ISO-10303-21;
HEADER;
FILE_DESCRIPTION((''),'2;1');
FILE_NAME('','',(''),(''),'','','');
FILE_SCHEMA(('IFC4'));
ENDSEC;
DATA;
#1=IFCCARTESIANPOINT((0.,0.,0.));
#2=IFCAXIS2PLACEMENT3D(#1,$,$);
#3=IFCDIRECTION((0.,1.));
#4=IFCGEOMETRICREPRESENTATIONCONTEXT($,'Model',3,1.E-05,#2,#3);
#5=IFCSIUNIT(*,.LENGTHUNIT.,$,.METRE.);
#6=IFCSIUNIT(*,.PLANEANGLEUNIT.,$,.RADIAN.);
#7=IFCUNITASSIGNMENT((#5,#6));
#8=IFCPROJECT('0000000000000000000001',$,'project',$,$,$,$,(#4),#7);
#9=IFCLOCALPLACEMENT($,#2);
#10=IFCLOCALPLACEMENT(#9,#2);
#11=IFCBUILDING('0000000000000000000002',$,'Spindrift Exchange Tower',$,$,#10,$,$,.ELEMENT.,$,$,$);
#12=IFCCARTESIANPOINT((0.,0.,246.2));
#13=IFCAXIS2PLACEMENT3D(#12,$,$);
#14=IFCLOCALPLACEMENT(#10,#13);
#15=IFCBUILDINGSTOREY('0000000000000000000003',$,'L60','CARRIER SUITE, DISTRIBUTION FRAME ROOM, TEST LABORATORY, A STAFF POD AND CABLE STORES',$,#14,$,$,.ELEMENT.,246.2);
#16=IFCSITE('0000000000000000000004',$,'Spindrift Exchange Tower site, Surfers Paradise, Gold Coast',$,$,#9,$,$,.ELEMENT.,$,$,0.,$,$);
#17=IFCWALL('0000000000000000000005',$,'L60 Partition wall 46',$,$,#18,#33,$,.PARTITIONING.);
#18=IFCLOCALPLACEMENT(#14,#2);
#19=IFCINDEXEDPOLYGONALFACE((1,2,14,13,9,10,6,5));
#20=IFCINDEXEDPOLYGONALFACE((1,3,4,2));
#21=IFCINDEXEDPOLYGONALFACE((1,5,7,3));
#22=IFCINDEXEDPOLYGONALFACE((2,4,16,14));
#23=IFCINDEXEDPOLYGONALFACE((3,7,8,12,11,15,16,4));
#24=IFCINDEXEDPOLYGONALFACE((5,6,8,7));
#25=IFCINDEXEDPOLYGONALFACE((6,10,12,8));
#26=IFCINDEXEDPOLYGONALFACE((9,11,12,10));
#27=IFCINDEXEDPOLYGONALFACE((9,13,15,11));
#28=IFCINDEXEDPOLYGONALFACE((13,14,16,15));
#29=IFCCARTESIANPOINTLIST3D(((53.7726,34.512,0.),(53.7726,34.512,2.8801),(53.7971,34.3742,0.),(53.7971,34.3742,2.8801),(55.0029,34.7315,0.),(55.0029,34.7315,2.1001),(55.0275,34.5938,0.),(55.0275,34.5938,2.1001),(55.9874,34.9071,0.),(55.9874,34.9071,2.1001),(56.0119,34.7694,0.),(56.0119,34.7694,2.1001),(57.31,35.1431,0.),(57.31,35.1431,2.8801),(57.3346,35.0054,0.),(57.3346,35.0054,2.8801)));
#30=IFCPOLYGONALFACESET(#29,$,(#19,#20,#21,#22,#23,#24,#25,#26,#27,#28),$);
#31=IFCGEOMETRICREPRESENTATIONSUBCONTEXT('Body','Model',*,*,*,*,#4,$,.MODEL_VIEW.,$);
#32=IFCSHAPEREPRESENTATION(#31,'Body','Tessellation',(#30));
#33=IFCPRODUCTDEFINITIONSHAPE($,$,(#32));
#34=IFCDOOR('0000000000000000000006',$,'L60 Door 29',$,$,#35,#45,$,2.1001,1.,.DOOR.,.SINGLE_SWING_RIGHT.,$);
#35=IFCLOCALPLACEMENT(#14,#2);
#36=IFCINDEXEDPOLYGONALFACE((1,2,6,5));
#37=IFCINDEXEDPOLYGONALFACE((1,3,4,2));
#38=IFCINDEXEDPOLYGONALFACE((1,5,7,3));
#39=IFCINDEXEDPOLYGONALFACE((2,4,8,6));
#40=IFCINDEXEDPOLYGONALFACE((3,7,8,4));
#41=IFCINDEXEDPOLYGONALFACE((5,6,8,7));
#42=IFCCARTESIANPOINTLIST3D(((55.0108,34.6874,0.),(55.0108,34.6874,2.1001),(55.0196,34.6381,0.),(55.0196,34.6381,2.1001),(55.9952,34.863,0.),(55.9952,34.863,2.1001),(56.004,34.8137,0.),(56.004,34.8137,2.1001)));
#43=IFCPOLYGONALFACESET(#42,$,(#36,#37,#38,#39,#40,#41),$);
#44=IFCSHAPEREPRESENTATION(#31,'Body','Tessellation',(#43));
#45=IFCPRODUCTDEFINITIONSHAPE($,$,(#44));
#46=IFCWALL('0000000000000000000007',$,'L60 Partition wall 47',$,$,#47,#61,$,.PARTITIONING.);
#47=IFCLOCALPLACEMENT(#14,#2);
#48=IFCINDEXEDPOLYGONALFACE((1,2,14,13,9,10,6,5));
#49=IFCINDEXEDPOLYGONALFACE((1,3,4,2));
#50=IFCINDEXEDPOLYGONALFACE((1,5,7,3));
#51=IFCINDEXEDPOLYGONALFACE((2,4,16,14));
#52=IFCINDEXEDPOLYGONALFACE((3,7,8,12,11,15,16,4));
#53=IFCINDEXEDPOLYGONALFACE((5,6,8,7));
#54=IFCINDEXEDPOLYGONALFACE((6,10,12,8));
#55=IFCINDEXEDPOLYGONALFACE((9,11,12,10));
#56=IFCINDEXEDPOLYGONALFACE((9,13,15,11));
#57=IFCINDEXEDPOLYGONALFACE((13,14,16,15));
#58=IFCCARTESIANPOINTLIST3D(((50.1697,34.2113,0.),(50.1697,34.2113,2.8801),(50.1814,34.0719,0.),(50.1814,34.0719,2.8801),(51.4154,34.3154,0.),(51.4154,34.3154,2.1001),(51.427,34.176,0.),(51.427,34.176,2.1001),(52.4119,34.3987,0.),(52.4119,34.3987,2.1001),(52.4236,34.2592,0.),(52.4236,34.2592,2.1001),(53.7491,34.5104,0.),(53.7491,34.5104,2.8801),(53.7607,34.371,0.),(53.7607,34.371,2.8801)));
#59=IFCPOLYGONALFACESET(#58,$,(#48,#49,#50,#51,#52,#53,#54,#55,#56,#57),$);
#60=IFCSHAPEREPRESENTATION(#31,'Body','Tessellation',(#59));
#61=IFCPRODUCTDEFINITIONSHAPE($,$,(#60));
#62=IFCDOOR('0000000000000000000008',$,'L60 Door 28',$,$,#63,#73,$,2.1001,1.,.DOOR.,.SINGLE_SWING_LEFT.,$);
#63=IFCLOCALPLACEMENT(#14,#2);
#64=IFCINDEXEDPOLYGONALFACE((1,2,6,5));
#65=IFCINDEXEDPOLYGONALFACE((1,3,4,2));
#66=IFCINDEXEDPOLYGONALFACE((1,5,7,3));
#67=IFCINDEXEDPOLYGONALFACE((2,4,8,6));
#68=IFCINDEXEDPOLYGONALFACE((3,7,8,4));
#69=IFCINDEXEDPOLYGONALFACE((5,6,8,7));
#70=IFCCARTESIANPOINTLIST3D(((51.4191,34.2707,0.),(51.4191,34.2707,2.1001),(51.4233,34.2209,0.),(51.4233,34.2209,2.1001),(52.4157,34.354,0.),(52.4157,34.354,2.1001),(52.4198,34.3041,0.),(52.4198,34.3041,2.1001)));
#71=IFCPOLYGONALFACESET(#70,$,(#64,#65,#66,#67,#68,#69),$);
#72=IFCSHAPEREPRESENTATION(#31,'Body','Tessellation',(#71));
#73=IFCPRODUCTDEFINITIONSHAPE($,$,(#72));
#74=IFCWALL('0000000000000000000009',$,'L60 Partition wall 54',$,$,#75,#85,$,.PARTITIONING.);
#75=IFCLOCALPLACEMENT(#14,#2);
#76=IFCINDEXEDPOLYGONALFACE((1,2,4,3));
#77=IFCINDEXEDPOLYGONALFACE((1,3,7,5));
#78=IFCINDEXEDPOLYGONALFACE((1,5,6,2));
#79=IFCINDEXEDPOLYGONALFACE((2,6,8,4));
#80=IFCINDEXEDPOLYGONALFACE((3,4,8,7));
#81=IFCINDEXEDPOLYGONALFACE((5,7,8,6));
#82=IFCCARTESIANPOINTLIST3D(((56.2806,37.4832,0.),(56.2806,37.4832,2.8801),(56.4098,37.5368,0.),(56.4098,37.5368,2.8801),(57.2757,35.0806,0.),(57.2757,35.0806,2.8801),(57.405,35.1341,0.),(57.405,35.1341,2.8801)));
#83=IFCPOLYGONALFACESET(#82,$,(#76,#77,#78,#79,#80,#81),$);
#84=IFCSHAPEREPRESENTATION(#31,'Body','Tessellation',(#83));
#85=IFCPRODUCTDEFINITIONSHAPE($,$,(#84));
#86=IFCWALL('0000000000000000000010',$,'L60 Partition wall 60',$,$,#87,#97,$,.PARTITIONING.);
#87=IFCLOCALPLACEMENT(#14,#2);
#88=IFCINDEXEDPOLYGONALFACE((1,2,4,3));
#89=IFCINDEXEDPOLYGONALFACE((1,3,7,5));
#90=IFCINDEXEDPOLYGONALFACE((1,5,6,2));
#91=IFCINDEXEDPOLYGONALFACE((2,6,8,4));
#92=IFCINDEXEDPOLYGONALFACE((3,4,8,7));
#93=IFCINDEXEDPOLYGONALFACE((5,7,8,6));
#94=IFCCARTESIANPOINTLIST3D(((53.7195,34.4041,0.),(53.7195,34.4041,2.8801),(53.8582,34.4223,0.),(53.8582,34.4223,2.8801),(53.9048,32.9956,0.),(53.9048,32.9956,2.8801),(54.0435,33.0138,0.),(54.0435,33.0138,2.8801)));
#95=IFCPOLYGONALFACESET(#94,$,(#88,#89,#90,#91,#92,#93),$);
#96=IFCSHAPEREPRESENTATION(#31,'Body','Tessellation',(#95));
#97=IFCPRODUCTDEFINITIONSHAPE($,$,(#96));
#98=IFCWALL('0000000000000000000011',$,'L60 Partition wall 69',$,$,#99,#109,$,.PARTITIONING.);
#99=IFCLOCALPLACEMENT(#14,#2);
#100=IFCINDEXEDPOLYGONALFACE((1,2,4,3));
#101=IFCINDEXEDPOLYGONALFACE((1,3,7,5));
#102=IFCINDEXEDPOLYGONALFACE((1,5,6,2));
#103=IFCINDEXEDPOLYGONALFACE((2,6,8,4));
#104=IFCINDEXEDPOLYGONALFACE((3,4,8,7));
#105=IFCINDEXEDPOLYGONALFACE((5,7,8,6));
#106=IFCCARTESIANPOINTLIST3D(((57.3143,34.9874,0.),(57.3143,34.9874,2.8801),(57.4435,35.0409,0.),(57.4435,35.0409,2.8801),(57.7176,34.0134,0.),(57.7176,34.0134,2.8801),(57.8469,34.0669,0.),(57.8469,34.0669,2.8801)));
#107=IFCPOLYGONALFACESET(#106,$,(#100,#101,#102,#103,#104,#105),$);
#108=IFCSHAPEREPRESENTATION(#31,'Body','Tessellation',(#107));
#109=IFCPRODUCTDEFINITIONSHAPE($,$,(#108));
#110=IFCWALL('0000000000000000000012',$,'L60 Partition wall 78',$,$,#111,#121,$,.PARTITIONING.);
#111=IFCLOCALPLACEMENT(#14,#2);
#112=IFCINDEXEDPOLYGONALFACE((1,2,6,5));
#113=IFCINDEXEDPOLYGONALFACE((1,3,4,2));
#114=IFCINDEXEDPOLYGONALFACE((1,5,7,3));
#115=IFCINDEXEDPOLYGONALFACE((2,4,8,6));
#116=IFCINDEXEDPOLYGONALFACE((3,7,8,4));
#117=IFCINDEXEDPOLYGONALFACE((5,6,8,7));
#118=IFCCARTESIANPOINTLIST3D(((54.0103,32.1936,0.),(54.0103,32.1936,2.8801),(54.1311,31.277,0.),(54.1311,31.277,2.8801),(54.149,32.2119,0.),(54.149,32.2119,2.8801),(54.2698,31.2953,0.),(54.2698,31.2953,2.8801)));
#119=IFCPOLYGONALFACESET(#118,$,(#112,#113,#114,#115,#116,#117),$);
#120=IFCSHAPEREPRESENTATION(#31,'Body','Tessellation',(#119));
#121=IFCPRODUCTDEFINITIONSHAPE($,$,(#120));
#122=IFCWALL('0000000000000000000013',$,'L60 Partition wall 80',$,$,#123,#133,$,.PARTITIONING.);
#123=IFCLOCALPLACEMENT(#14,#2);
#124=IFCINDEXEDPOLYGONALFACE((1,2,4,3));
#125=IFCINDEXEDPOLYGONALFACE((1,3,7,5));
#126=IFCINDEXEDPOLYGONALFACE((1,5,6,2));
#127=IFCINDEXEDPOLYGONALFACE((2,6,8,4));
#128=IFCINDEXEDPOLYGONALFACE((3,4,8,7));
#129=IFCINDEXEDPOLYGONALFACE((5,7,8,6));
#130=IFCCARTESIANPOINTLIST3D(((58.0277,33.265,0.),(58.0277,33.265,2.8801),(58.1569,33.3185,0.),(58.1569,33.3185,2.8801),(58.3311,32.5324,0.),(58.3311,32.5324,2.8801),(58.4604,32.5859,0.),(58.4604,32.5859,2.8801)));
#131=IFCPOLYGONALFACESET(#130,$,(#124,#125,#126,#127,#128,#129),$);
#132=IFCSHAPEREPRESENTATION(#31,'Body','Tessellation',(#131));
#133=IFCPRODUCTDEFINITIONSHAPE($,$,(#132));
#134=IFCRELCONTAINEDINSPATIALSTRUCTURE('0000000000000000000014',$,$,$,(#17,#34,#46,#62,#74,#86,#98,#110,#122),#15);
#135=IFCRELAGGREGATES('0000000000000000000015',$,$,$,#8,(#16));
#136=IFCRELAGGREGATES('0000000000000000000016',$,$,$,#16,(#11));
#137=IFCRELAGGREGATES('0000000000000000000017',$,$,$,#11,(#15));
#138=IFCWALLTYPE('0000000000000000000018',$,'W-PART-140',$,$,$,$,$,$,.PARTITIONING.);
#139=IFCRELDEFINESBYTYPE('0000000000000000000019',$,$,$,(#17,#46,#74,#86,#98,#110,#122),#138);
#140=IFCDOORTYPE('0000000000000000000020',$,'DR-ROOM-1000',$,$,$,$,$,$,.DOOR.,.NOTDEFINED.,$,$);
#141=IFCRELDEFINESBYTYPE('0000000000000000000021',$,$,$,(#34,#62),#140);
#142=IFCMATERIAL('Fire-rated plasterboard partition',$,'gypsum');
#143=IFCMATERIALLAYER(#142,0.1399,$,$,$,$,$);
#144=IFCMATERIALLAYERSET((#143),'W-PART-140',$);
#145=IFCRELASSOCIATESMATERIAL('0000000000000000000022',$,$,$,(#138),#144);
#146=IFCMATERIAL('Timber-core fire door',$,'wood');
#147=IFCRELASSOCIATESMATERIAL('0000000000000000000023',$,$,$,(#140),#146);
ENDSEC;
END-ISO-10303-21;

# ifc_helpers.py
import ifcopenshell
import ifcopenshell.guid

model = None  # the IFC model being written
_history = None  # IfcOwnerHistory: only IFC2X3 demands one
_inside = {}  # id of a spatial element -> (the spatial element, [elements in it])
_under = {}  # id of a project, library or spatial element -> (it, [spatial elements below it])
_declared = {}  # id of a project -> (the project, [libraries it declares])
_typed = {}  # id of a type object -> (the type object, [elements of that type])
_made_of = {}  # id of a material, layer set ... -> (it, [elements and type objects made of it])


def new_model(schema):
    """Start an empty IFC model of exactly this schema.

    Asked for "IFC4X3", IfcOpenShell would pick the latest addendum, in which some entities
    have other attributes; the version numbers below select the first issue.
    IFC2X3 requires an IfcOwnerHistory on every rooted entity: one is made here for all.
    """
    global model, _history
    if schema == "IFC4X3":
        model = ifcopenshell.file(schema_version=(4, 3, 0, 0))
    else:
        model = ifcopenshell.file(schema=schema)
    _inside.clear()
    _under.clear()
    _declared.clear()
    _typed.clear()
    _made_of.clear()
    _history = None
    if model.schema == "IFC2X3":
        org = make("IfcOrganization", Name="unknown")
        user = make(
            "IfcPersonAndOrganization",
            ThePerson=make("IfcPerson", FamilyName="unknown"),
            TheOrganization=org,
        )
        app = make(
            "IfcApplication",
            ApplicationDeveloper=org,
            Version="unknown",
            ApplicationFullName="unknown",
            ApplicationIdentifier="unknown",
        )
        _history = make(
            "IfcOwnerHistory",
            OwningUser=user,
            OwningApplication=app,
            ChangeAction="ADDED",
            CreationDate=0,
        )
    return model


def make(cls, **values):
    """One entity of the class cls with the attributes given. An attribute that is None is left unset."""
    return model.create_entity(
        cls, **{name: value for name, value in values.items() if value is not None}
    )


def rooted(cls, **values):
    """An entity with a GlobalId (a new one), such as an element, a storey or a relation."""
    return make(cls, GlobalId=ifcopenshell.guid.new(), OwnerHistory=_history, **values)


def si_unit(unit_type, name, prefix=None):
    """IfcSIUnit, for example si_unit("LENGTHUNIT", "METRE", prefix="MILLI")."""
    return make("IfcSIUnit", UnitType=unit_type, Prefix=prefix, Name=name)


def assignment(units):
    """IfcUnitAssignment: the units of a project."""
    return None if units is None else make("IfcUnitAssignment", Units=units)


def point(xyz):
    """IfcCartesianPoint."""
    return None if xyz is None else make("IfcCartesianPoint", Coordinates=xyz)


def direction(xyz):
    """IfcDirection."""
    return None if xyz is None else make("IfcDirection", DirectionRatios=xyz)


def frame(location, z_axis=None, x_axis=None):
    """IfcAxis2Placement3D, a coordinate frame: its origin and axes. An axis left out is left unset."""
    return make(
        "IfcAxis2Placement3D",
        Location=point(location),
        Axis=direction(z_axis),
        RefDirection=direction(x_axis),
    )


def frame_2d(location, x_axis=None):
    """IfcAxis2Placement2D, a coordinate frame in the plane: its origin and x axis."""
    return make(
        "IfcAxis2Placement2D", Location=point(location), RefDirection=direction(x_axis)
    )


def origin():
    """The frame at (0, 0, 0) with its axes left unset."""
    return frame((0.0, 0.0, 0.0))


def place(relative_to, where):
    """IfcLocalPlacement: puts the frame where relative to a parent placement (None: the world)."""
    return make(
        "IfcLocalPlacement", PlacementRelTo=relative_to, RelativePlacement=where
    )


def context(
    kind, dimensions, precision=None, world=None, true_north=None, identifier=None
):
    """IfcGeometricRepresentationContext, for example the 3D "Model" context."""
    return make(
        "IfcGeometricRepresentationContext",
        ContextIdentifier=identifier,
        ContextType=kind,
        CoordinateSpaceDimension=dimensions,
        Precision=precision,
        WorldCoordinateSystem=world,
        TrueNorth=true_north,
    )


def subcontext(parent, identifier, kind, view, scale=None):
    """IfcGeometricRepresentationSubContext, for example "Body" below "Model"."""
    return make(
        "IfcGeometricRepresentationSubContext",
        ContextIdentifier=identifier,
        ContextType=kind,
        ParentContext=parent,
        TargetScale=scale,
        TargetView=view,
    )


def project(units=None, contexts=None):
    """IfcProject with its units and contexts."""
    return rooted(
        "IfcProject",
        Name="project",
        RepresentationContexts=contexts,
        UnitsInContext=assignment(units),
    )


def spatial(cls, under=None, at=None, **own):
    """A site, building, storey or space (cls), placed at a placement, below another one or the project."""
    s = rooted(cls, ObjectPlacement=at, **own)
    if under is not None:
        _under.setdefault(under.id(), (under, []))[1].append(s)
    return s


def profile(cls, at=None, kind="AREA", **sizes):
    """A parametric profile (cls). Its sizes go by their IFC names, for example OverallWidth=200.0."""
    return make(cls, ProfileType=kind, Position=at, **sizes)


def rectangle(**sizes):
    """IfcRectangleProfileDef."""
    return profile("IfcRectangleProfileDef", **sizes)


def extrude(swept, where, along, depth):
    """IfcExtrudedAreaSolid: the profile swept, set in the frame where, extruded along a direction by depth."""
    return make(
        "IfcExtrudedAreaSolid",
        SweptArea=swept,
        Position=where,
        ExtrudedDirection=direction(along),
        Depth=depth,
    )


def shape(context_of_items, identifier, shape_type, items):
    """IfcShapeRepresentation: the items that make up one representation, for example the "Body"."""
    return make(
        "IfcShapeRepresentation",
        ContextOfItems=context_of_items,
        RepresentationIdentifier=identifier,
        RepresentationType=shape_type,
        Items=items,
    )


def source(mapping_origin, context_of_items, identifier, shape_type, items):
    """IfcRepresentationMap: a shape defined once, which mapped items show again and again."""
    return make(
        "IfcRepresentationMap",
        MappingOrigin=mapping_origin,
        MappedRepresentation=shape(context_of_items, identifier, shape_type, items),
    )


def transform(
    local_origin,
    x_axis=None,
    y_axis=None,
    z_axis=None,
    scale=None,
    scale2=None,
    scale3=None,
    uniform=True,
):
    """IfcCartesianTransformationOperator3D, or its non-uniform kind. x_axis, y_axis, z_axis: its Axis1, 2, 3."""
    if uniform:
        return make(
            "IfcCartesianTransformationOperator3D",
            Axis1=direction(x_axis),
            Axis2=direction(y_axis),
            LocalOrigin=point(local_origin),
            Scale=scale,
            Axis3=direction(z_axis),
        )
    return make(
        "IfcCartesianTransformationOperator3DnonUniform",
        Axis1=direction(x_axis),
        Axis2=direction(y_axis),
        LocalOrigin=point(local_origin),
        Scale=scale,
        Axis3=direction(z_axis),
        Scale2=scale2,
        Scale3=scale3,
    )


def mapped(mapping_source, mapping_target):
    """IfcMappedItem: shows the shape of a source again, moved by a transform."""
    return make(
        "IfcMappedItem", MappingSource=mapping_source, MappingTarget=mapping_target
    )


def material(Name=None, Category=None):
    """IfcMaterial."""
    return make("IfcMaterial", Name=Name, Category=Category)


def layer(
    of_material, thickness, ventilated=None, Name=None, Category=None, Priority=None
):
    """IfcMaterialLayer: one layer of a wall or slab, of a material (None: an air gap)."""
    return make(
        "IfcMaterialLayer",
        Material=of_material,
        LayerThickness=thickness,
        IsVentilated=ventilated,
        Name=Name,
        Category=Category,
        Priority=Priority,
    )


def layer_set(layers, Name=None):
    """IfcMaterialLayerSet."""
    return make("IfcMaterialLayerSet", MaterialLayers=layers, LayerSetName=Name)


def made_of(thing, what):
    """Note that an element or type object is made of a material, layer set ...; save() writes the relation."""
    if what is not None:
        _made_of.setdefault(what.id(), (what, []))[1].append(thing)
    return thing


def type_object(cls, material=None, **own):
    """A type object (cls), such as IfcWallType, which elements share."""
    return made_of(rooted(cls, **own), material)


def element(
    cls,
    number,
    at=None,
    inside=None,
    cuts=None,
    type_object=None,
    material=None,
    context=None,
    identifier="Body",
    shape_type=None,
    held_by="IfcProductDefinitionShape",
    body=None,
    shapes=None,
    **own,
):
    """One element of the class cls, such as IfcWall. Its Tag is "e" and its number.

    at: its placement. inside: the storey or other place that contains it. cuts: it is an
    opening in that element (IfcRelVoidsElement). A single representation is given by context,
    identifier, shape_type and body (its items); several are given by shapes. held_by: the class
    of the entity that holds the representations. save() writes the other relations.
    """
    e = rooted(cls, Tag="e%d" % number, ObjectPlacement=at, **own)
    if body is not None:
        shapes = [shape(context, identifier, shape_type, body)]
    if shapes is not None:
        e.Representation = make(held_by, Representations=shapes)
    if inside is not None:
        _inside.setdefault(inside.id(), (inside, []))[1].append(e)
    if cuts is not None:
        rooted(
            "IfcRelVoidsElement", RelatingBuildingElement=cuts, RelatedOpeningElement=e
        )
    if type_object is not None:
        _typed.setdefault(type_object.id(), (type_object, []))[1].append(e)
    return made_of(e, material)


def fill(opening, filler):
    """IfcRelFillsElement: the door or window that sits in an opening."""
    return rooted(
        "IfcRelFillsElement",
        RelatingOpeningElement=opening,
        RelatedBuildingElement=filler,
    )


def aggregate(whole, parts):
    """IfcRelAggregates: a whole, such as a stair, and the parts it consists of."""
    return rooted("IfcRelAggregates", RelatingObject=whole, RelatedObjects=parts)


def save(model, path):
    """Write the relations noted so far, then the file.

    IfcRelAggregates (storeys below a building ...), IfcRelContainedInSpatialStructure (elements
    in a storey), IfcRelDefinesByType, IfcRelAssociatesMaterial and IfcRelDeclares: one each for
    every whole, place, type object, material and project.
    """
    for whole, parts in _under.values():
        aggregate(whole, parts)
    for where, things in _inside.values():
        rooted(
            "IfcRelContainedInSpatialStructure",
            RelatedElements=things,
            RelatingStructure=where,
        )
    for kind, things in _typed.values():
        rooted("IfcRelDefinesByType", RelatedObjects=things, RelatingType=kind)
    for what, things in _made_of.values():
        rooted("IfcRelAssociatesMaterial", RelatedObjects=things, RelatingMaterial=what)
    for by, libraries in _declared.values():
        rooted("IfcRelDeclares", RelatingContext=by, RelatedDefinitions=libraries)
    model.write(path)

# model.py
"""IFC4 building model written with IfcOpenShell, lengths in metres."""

from ifc_helpers import new_model, si_unit, direction, frame, frame_2d, origin, place, context, subcontext, project, spatial, rectangle, extrude, source, transform, mapped, material, layer, layer_set, type_object, element, fill, save


model = new_model("IFC4")

# Units and contexts
model_context = context("Model", 3, precision=1e-05, world=origin(), true_north=direction((0.0, 1.0)))
body_context = subcontext(model_context, "Body", "Model", "MODEL_VIEW")
ifc_project = project(units=[si_unit("LENGTHUNIT", "METRE"), si_unit("PLANEANGLEUNIT", "RADIAN")], contexts=[model_context])

# Site, building, storey
site_placement = place(None, origin())
site = spatial("IfcSite", under=ifc_project, at=site_placement, Name="Spindrift Exchange Tower site, Surfers Paradise, Gold Coast", CompositionType="ELEMENT", RefElevation=0.0)
building_placement = place(site_placement, origin())
building = spatial("IfcBuilding", under=site, at=building_placement, Name="Spindrift Exchange Tower", CompositionType="ELEMENT")
storey_placement = place(building_placement, frame((0.0, 0.0, 246.2)))
storey = spatial("IfcBuildingStorey", under=building, at=storey_placement, Name="L60", Description="CARRIER SUITE, DISTRIBUTION FRAME ROOM, TEST LABORATORY, A STAFF POD AND CABLE STORES", CompositionType="ELEMENT", Elevation=246.2)

# Walls, openings, doors
ifc_material_1 = material(Name="Fire-rated plasterboard partition", Category="gypsum")
ifc_layer_1 = layer(ifc_material_1, 0.1399)
ifc_layer_set_1 = layer_set([ifc_layer_1], Name="W-PART-140")
wall_type = type_object("IfcWallType", Name="W-PART-140", PredefinedType="PARTITIONING", material=ifc_layer_set_1)
wall_1_placement = place(storey_placement, frame((57.3223, 35.0742, 0.0), z_axis=(0.0, 0.0, 1.0), x_axis=(-0.984455, -0.175638, 0.0)))
wall_1 = element("IfcWall", 1, at=wall_1_placement, inside=storey, type_object=wall_type, Name="L60 Partition wall 46", PredefinedType="PARTITIONING", context=body_context, shape_type="SweptSolid", body=[
    extrude(rectangle(XDim=3.5933, YDim=0.1399, at=frame_2d((1.7966, 0.0))), origin(), (0.0, 0.0, 1.0), 2.8801),
])
opening_1_placement = place(wall_1_placement, frame((1.3435, 0.0, 0.0)))
opening_1 = element("IfcOpeningElement", 2, at=opening_1_placement, cuts=wall_1, PredefinedType="OPENING", context=body_context, shape_type="SweptSolid", body=[
    extrude(rectangle(XDim=1.0, YDim=2.1001, at=frame_2d((0.5, 1.05))), frame((0.0, 0.0798, 0.0), z_axis=(0.0, -1.0, 0.0), x_axis=(1.0, 0.0, 0.0)), (0.0, 0.0, 1.0), 0.1599),
])
ifc_material_2 = material(Name="Timber-core fire door", Category="wood")
door_type = type_object("IfcDoorType", Name="DR-ROOM-1000", OperationType="NOTDEFINED", PredefinedType="DOOR", material=ifc_material_2)
shared_shape_1 = source(origin(), body_context, "Body", "SweptSolid", [
    extrude(rectangle(XDim=1.0, YDim=2.1001, at=frame_2d((0.5, 1.05))), frame((0.0, 0.0249, 0.0), z_axis=(0.0, -1.0, 0.0), x_axis=(1.0, 0.0, 0.0)), (0.0, 0.0, 1.0), 0.05),
])
door_1_placement = place(opening_1_placement, origin())
door_1 = element("IfcDoor", 3, at=door_1_placement, inside=storey, type_object=door_type, Name="L60 Door 29", OperationType="SINGLE_SWING_RIGHT", OverallHeight=2.1001, OverallWidth=1.0, PredefinedType="DOOR", context=body_context, shape_type="MappedRepresentation", body=[
    mapped(shared_shape_1, transform((0.0, 0.0, 0.0), scale=1.0)),
])
fill(opening_1, door_1)
wall_2_placement = place(storey_placement, frame((53.7549, 34.4407, 0.0), z_axis=(0.0, 0.0, 1.0), x_axis=(-0.996527, -0.083265, 0.0)))
wall_2 = element("IfcWall", 4, at=wall_2_placement, inside=storey, type_object=wall_type, Name="L60 Partition wall 47", PredefinedType="PARTITIONING", context=body_context, shape_type="SweptSolid", body=[
    extrude(rectangle(XDim=3.5918, YDim=0.1399, at=frame_2d((1.7959, 0.0))), origin(), (0.0, 0.0, 1.0), 2.8801),
])
opening_2_placement = place(wall_2_placement, frame((1.3418, 0.0, 0.0)))
opening_2 = element("IfcOpeningElement", 5, at=opening_2_placement, cuts=wall_2, PredefinedType="OPENING", context=body_context, shape_type="SweptSolid", body=[
    extrude(rectangle(XDim=1.0, YDim=2.1001, at=frame_2d((0.5, 1.05))), frame((0.0, 0.0798, 0.0), z_axis=(0.0, -1.0, 0.0), x_axis=(1.0, 0.0, 0.0)), (0.0, 0.0, 1.0), 0.1599),
])
door_2_placement = place(opening_2_placement, origin())
door_2 = element("IfcDoor", 6, at=door_2_placement, inside=storey, type_object=door_type, Name="L60 Door 28", OperationType="SINGLE_SWING_LEFT", OverallHeight=2.1001, OverallWidth=1.0, PredefinedType="DOOR", context=body_context, shape_type="MappedRepresentation", body=[
    mapped(shared_shape_1, transform((0.0, 0.0, 0.0), scale=1.0)),
])
fill(opening_2, door_2)

# Walls
wall_3_placement = place(storey_placement, frame((56.3452, 37.51, 0.0), z_axis=(0.0, 0.0, 1.0), x_axis=(0.382661, -0.923889, 0.0)))
element("IfcWall", 7, at=wall_3_placement, inside=storey, type_object=wall_type, Name="L60 Partition wall 54", PredefinedType="PARTITIONING", context=body_context, shape_type="SweptSolid", body=[
    extrude(rectangle(XDim=2.6006, YDim=0.1399, at=frame_2d((1.3003, 0.0))), origin(), (0.0, 0.0, 1.0), 2.8801),
])
wall_4_placement = place(storey_placement, frame((53.7888, 34.4133, 0.0), z_axis=(0.0, 0.0, 1.0), x_axis=(0.130441, -0.991456, 0.0)))
element("IfcWall", 8, at=wall_4_placement, inside=storey, type_object=wall_type, Name="L60 Partition wall 60", PredefinedType="PARTITIONING", context=body_context, shape_type="SweptSolid", body=[
    extrude(rectangle(XDim=1.4207, YDim=0.1399, at=frame_2d((0.7104, 0.0))), origin(), (0.0, 0.0, 1.0), 2.8801),
])
wall_5_placement = place(storey_placement, frame((57.3789, 35.0142, 0.0), z_axis=(0.0, 0.0, 1.0), x_axis=(0.382625, -0.923904, 0.0)))
element("IfcWall", 9, at=wall_5_placement, inside=storey, type_object=wall_type, Name="L60 Partition wall 69", PredefinedType="PARTITIONING", context=body_context, shape_type="SweptSolid", body=[
    extrude(rectangle(XDim=1.0542, YDim=0.1399, at=frame_2d((0.5271, 0.0))), origin(), (0.0, 0.0, 1.0), 2.8801),
])
wall_6_placement = place(storey_placement, frame((54.0796, 32.2029, 0.0), z_axis=(0.0, 0.0, 1.0), x_axis=(0.130694, -0.991423, 0.0)))
element("IfcWall", 10, at=wall_6_placement, inside=storey, type_object=wall_type, Name="L60 Partition wall 78", PredefinedType="PARTITIONING", context=body_context, shape_type="SweptSolid", body=[
    extrude(rectangle(XDim=0.9246, YDim=0.1399, at=frame_2d((0.4624, 0.0))), origin(), (0.0, 0.0, 1.0), 2.8801),
])
wall_7_placement = place(storey_placement, frame((58.0923, 33.2917, 0.0), z_axis=(0.0, 0.0, 1.0), x_axis=(0.382669, -0.923886, 0.0)))
element("IfcWall", 11, at=wall_7_placement, inside=storey, type_object=wall_type, Name="L60 Partition wall 80", PredefinedType="PARTITIONING", context=body_context, shape_type="SweptSolid", body=[
    extrude(rectangle(XDim=0.793, YDim=0.1399, at=frame_2d((0.3965, 0.0))), origin(), (0.0, 0.0, 1.0), 2.8801),
])

save(model, "model.ifc")
